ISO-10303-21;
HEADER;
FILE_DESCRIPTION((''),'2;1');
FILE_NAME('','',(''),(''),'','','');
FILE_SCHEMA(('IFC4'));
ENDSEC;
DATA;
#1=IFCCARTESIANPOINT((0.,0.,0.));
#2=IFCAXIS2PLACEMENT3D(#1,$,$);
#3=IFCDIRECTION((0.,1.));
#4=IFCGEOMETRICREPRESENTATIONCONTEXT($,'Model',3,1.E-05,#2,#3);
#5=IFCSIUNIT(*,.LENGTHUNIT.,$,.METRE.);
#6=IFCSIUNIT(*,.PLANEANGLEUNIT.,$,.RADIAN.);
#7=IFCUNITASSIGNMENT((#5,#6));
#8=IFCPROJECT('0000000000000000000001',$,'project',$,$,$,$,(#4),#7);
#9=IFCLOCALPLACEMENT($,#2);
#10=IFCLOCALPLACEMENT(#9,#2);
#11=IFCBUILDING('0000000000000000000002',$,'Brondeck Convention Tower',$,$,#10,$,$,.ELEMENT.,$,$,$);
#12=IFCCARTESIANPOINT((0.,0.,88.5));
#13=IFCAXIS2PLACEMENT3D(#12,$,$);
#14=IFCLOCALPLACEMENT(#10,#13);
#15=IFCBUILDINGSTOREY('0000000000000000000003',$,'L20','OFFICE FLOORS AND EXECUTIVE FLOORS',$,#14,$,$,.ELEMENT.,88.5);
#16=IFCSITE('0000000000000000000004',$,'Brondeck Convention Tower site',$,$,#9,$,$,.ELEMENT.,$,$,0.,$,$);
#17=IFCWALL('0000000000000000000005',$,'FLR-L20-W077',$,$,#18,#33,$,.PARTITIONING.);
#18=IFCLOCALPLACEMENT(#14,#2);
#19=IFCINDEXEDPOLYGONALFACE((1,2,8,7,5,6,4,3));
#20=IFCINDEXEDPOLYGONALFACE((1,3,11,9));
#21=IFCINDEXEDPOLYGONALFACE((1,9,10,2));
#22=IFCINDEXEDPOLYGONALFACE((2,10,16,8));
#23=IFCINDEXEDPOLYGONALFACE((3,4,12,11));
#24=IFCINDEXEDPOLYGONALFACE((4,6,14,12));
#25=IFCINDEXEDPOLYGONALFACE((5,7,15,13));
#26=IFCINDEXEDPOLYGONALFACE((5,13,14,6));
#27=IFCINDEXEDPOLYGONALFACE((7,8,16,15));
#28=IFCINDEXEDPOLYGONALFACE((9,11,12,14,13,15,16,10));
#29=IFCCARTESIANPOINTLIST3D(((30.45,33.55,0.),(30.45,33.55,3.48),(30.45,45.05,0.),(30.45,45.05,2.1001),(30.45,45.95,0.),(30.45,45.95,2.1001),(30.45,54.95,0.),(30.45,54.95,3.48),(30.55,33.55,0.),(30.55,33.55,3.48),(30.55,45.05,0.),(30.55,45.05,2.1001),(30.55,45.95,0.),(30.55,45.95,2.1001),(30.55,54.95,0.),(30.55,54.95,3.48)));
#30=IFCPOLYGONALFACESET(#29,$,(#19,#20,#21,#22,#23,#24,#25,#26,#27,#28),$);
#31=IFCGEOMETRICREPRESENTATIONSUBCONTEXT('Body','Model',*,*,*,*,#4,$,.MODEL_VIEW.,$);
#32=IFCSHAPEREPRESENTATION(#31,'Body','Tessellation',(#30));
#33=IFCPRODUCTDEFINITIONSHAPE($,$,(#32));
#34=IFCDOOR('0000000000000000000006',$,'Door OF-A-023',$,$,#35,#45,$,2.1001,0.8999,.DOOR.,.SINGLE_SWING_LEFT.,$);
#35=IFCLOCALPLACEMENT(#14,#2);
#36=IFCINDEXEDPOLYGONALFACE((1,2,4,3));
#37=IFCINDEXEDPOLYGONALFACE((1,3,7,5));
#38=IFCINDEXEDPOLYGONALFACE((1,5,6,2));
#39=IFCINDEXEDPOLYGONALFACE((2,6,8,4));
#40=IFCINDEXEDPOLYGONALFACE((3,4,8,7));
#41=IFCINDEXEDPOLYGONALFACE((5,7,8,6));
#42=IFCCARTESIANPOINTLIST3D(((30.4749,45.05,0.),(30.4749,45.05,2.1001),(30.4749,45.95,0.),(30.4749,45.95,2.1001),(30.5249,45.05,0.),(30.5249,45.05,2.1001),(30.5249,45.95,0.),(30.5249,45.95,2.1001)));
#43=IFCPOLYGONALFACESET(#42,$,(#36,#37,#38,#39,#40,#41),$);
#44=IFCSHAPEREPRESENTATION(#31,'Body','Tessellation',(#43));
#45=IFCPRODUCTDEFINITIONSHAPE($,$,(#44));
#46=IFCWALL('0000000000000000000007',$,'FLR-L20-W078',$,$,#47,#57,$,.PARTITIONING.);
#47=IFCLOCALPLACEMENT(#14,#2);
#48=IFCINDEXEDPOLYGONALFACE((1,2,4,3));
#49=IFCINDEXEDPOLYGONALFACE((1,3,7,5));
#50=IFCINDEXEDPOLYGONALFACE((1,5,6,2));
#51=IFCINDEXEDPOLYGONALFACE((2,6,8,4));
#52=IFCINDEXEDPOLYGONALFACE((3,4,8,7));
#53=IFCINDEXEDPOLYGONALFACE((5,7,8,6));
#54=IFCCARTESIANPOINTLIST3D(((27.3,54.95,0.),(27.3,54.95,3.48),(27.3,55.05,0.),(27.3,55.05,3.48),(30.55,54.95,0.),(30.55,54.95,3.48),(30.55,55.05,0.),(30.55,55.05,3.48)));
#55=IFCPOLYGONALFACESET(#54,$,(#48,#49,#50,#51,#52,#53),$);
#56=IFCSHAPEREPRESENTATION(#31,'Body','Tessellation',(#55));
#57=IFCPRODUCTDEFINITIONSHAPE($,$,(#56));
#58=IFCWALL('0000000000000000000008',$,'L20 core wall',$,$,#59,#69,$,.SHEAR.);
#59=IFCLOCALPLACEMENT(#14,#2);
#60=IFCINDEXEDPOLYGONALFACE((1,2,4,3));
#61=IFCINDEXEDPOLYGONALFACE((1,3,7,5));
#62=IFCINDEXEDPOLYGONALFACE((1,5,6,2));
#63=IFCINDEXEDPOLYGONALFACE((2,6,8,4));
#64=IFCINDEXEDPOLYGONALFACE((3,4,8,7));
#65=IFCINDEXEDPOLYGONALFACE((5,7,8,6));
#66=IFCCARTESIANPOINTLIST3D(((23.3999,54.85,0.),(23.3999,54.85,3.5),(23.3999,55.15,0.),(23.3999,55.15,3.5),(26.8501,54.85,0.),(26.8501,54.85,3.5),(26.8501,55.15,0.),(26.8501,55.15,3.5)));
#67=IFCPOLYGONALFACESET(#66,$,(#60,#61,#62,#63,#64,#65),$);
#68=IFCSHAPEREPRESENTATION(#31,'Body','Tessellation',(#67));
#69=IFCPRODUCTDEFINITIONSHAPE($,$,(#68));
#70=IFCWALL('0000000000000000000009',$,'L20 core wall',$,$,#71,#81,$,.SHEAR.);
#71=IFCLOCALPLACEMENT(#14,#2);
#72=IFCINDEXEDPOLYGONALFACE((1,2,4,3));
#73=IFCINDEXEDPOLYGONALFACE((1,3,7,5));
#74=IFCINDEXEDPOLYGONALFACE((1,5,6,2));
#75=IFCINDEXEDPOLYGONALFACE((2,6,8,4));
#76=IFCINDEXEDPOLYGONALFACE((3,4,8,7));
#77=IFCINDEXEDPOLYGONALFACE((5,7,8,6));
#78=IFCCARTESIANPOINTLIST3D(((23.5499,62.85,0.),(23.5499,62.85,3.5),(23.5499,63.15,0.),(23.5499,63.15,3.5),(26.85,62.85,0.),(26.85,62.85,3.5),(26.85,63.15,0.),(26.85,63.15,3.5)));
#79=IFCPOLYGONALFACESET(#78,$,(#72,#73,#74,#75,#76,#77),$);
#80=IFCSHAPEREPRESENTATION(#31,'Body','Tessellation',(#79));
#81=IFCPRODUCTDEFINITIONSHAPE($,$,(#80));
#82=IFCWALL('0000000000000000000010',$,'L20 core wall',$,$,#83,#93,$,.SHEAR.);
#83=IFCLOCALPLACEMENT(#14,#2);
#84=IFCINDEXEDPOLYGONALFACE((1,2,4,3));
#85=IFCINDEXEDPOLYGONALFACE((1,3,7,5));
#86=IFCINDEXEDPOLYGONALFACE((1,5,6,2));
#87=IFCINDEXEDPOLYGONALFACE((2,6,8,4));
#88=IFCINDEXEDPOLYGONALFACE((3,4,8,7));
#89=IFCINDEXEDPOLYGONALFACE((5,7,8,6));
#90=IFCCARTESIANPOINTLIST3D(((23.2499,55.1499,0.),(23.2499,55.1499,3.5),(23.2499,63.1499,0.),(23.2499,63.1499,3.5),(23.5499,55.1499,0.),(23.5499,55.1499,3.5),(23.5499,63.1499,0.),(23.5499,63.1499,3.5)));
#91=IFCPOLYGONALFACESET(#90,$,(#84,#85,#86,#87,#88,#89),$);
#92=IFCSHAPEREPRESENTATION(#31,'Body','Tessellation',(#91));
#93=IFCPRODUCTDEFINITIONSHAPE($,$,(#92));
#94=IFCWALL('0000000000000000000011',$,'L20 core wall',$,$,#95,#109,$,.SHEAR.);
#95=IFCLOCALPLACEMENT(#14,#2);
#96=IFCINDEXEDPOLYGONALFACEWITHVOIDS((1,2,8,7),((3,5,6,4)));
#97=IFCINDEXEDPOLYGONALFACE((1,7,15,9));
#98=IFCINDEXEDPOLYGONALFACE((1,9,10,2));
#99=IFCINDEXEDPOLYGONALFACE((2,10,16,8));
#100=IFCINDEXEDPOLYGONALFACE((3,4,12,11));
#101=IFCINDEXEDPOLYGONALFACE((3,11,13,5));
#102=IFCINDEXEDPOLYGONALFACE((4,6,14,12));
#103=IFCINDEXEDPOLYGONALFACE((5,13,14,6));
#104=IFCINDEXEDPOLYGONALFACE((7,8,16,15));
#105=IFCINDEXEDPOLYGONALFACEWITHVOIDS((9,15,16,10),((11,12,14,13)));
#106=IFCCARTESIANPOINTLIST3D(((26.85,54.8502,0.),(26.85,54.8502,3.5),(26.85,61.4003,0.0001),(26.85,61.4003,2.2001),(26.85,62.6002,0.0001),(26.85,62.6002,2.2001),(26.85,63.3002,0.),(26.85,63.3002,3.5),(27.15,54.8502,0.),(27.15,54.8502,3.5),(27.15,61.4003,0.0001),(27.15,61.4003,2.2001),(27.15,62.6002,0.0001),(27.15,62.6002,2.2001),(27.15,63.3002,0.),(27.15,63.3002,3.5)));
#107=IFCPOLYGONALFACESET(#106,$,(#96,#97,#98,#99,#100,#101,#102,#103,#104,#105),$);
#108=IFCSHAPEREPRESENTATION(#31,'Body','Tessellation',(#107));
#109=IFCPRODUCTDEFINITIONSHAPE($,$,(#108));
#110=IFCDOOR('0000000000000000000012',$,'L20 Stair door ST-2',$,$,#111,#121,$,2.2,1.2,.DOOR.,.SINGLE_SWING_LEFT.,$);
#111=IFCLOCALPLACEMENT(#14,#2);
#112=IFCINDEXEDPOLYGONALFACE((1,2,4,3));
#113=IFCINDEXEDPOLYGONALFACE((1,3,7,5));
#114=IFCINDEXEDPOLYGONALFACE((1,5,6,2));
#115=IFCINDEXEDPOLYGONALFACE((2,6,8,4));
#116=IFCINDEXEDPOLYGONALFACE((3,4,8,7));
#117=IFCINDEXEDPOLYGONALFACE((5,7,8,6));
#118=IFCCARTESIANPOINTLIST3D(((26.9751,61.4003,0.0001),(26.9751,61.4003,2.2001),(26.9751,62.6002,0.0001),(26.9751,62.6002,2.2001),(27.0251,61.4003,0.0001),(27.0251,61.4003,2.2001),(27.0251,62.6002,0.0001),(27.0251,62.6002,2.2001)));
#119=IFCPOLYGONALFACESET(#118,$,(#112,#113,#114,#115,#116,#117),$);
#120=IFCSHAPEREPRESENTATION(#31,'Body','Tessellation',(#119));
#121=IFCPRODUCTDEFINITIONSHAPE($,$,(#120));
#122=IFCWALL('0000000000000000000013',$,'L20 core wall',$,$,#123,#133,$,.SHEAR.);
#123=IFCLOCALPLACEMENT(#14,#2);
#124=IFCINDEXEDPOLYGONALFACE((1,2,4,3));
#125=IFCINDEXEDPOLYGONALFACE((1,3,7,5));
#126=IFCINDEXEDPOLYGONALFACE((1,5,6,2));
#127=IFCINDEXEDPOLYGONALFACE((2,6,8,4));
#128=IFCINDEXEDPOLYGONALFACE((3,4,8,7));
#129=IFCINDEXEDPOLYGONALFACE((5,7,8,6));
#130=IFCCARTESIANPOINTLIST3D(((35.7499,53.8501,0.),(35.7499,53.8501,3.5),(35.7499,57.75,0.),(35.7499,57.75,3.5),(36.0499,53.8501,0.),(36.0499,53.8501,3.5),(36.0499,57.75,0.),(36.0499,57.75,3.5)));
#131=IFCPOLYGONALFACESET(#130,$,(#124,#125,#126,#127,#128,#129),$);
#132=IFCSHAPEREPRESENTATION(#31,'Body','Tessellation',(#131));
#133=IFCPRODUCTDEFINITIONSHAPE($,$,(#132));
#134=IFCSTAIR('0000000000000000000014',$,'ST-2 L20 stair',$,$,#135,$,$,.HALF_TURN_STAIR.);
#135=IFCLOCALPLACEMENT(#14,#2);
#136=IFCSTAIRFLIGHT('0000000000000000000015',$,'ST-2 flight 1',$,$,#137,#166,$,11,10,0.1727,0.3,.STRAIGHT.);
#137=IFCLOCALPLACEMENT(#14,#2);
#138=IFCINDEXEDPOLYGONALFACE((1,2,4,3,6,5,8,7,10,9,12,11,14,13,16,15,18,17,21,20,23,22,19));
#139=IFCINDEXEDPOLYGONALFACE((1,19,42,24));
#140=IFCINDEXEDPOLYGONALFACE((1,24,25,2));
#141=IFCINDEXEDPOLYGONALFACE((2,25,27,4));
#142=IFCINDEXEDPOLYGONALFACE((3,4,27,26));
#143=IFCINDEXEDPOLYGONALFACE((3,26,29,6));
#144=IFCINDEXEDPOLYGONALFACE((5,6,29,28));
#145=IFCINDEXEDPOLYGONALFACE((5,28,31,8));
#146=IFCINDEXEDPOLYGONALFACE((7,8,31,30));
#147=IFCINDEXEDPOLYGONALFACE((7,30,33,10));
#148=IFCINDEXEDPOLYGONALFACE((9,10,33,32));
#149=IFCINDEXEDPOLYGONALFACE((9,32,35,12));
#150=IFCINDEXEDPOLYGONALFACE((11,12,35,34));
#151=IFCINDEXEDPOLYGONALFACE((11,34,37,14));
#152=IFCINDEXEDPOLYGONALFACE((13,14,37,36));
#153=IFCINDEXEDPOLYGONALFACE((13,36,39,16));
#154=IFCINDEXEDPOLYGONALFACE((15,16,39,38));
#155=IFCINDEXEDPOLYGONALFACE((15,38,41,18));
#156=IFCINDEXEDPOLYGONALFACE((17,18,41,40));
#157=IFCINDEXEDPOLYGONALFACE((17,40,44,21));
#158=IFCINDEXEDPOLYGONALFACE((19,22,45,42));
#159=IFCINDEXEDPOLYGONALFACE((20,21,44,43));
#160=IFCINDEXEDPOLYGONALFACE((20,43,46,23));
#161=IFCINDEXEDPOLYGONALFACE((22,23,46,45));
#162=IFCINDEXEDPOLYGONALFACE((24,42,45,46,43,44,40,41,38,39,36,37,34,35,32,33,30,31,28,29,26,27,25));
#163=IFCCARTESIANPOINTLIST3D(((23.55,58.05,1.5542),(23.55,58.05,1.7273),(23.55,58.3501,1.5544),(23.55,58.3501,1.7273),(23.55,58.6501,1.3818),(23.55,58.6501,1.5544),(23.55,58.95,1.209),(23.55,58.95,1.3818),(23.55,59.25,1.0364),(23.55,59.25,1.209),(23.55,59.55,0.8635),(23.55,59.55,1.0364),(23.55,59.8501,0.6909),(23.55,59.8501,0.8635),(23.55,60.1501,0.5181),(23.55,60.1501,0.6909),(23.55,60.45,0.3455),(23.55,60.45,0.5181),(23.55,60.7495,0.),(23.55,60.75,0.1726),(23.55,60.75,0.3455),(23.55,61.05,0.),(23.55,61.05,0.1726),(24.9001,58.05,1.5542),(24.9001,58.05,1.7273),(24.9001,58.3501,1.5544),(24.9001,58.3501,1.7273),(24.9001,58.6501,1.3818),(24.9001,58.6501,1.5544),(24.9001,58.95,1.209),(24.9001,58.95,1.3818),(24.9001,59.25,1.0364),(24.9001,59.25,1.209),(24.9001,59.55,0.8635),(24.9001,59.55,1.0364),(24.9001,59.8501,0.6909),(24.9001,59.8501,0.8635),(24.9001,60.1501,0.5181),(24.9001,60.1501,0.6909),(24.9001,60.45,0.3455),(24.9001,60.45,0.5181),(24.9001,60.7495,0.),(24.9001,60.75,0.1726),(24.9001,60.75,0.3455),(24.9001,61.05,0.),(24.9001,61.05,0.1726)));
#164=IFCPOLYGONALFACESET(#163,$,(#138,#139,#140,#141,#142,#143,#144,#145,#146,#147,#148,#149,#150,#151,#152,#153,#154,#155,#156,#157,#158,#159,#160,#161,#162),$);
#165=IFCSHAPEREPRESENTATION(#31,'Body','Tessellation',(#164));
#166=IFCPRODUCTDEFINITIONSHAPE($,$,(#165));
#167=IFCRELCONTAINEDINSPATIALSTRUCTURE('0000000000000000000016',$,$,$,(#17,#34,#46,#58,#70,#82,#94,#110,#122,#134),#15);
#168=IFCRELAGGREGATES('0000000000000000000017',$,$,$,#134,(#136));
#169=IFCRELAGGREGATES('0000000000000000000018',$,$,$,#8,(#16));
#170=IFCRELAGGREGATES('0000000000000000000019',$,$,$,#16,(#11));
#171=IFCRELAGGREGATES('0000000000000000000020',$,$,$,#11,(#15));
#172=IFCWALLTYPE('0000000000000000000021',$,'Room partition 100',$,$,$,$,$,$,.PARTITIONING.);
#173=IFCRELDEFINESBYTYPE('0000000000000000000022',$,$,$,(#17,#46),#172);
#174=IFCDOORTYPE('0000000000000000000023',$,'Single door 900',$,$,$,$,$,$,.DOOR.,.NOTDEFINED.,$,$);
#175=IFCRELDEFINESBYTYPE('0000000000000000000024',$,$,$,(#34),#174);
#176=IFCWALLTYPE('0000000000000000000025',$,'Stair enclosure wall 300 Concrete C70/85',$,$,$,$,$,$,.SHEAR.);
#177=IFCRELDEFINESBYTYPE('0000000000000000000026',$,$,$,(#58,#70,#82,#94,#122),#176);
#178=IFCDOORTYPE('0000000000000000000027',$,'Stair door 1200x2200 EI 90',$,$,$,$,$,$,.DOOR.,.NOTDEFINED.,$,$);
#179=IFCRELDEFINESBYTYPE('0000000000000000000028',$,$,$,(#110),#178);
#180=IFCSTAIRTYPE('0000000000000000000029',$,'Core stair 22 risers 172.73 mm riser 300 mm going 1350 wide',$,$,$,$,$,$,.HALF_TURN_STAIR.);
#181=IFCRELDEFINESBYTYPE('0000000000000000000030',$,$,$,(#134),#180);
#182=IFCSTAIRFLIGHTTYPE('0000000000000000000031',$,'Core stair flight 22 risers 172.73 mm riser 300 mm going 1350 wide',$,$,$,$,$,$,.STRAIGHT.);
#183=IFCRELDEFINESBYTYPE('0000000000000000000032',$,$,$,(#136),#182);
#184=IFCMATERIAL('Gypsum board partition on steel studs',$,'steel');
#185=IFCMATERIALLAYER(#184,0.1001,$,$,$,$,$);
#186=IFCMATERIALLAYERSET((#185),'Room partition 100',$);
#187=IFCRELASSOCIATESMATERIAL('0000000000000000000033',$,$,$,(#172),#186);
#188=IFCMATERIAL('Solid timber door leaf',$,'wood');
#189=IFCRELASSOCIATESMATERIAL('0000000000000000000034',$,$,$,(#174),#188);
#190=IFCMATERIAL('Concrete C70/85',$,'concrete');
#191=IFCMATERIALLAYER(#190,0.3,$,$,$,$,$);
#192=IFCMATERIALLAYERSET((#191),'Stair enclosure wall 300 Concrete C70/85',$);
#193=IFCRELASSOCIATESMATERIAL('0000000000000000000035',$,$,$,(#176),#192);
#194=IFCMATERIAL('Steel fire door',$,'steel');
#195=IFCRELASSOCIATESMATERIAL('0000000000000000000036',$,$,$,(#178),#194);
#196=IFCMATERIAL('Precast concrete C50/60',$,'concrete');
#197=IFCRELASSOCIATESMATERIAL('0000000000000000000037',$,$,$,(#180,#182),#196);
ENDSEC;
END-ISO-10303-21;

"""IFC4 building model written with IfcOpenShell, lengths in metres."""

from ifc_helpers import new_model, si_unit, direction, frame, frame_2d, origin, place, context, subcontext, project, spatial, polyline, rectangle, outline, extrude, material, layer, layer_set, type_object, element, fill, aggregate, save


model = new_model("IFC4")

# Units and contexts
model_context = context("Model", 3, precision=1e-05, world=origin(), true_north=direction((0.0, 1.0)))
body_context = subcontext(model_context, "Body", "Model", "MODEL_VIEW")
ifc_project = project(units=[si_unit("LENGTHUNIT", "METRE"), si_unit("PLANEANGLEUNIT", "RADIAN")], contexts=[model_context])

# Site, building, storey
site_placement = place(None, origin())
site = spatial("IfcSite", under=ifc_project, at=site_placement, Name="Brondeck Convention Tower site", CompositionType="ELEMENT", RefElevation=0.0)
building_placement = place(site_placement, origin())
building = spatial("IfcBuilding", under=site, at=building_placement, Name="Brondeck Convention Tower", CompositionType="ELEMENT")
storey_placement = place(building_placement, frame((0.0, 0.0, 88.5)))
storey = spatial("IfcBuildingStorey", under=building, at=storey_placement, Name="L20", Description="OFFICE FLOORS AND EXECUTIVE FLOORS", CompositionType="ELEMENT", Elevation=88.5)

# Shared definitions
ifc_material_1 = material(Name="Concrete C70/85", Category="concrete")

# Wall, opening, door
ifc_material_2 = material(Name="Gypsum board partition on steel studs", Category="steel")
ifc_layer_1 = layer(ifc_material_2, 0.1001)
ifc_layer_set_1 = layer_set([ifc_layer_1], Name="Room partition 100")
wall_type_1 = type_object("IfcWallType", Name="Room partition 100", PredefinedType="PARTITIONING", material=ifc_layer_set_1)
wall_1_placement = place(storey_placement, frame((30.5, 54.95, 0.0), z_axis=(0.0, 0.0, 1.0), x_axis=(0.0, -1.0, 0.0)))
wall_1 = element("IfcWall", 1, at=wall_1_placement, inside=storey, type_object=wall_type_1, Name="FLR-L20-W077", PredefinedType="PARTITIONING", context=body_context, shape_type="SweptSolid", body=[
    extrude(rectangle(XDim=21.3999, YDim=0.1001, at=frame_2d((10.7, 0.0))), origin(), (0.0, 0.0, 1.0), 3.48),
])
opening_1_placement = place(wall_1_placement, frame((9.0, 0.0, 0.0)))
opening_1 = element("IfcOpeningElement", 2, at=opening_1_placement, cuts=wall_1, PredefinedType="OPENING", context=body_context, shape_type="SweptSolid", body=[
    extrude(rectangle(XDim=0.8999, YDim=2.1001, at=frame_2d((0.45, 1.05))), frame((0.0, 0.0601, 0.0), z_axis=(0.0, -1.0, 0.0), x_axis=(1.0, 0.0, 0.0)), (0.0, 0.0, 1.0), 0.1201),
])
ifc_material_3 = material(Name="Solid timber door leaf", Category="wood")
door_type_1 = type_object("IfcDoorType", Name="Single door 900", OperationType="NOTDEFINED", PredefinedType="DOOR", material=ifc_material_3)
door_1_placement = place(opening_1_placement, origin())
door_1 = element("IfcDoor", 3, at=door_1_placement, inside=storey, type_object=door_type_1, Name="Door OF-A-023", OperationType="SINGLE_SWING_LEFT", OverallHeight=2.1001, OverallWidth=0.8999, PredefinedType="DOOR", context=body_context, shape_type="SweptSolid", body=[
    extrude(rectangle(XDim=0.8999, YDim=2.1001, at=frame_2d((0.45, 1.05))), frame((0.0, 0.0249, 0.0), z_axis=(0.0, -1.0, 0.0), x_axis=(1.0, 0.0, 0.0)), (0.0, 0.0, 1.0), 0.05),
])
fill(opening_1, door_1)

# Walls
wall_2_placement = place(storey_placement, frame((27.3, 55.0, 0.0), z_axis=(0.0, 0.0, 1.0), x_axis=(1.0, 0.0, 0.0)))
element("IfcWall", 4, at=wall_2_placement, inside=storey, type_object=wall_type_1, Name="FLR-L20-W078", PredefinedType="PARTITIONING", context=body_context, shape_type="SweptSolid", body=[
    extrude(rectangle(XDim=3.25, YDim=0.1001, at=frame_2d((1.625, 0.0))), origin(), (0.0, 0.0, 1.0), 3.48),
])
ifc_layer_2 = layer(ifc_material_1, 0.3)
ifc_layer_set_2 = layer_set([ifc_layer_2], Name="Stair enclosure wall 300 Concrete C70/85")
wall_type_2 = type_object("IfcWallType", Name="Stair enclosure wall 300 Concrete C70/85", PredefinedType="SHEAR", material=ifc_layer_set_2)
wall_3_placement = place(storey_placement, frame((23.3999, 55.0, 0.0), z_axis=(0.0, 0.0, 1.0), x_axis=(1.0, 0.0, 0.0)))
element("IfcWall", 5, at=wall_3_placement, inside=storey, type_object=wall_type_2, Name="L20 core wall", PredefinedType="SHEAR", context=body_context, shape_type="SweptSolid", body=[
    extrude(rectangle(XDim=3.4502, YDim=0.3, at=frame_2d((1.7251, 0.0))), origin(), (0.0, 0.0, 1.0), 3.5),
])
wall_4_placement = place(storey_placement, frame((23.55, 63.0, 0.0), z_axis=(0.0, 0.0, 1.0), x_axis=(1.0, 0.0, 0.0)))
element("IfcWall", 6, at=wall_4_placement, inside=storey, type_object=wall_type_2, Name="L20 core wall", PredefinedType="SHEAR", context=body_context, shape_type="SweptSolid", body=[
    extrude(rectangle(XDim=3.3, YDim=0.3, at=frame_2d((1.6499, 0.0))), origin(), (0.0, 0.0, 1.0), 3.5),
])
wall_5_placement = place(storey_placement, frame((23.3999, 55.1499, 0.0), z_axis=(0.0, 0.0, 1.0), x_axis=(0.0, 1.0, 0.0)))
element("IfcWall", 7, at=wall_5_placement, inside=storey, type_object=wall_type_2, Name="L20 core wall", PredefinedType="SHEAR", context=body_context, shape_type="SweptSolid", body=[
    extrude(rectangle(XDim=8.0, YDim=0.3, at=frame_2d((4.0, 0.0))), origin(), (0.0, 0.0, 1.0), 3.5),
])

# Wall, opening, door
wall_6_placement = place(storey_placement, frame((27.0, 54.8501, 0.0), z_axis=(0.0, 0.0, 1.0), x_axis=(0.0, 1.0, 0.0)))
wall_6 = element("IfcWall", 8, at=wall_6_placement, inside=storey, type_object=wall_type_2, Name="L20 core wall", PredefinedType="SHEAR", context=body_context, shape_type="SweptSolid", body=[
    extrude(rectangle(XDim=8.45, YDim=0.3, at=frame_2d((4.2251, 0.0))), origin(), (0.0, 0.0, 1.0), 3.5),
])
opening_2_placement = place(wall_6_placement, frame((6.55, 0.0, 0.0)))
opening_2 = element("IfcOpeningElement", 9, at=opening_2_placement, cuts=wall_6, PredefinedType="OPENING", context=body_context, shape_type="SweptSolid", body=[
    extrude(rectangle(XDim=1.2, YDim=2.2, at=frame_2d((0.6001, 1.1001))), frame((0.0, 0.1599, 0.0), z_axis=(0.0, -1.0, 0.0), x_axis=(1.0, 0.0, 0.0)), (0.0, 0.0, 1.0), 0.3201),
])
ifc_material_4 = material(Name="Steel fire door", Category="steel")
door_type_2 = type_object("IfcDoorType", Name="Stair door 1200x2200 EI 90", OperationType="NOTDEFINED", PredefinedType="DOOR", material=ifc_material_4)
door_2_placement = place(opening_2_placement, origin())
door_2 = element("IfcDoor", 10, at=door_2_placement, inside=storey, type_object=door_type_2, Name="L20 Stair door ST-2", OperationType="SINGLE_SWING_LEFT", OverallHeight=2.2, OverallWidth=1.2, PredefinedType="DOOR", context=body_context, shape_type="SweptSolid", body=[
    extrude(rectangle(XDim=1.2, YDim=2.2, at=frame_2d((0.6001, 1.1001))), frame((0.0, 0.0249, 0.0), z_axis=(0.0, -1.0, 0.0), x_axis=(1.0, 0.0, 0.0)), (0.0, 0.0, 1.0), 0.05),
])
fill(opening_2, door_2)

# Wall
wall_7_placement = place(storey_placement, frame((35.8999, 53.8501, 0.0), z_axis=(0.0, 0.0, 1.0), x_axis=(0.0, 1.0, 0.0)))
element("IfcWall", 11, at=wall_7_placement, inside=storey, type_object=wall_type_2, Name="L20 core wall", PredefinedType="SHEAR", context=body_context, shape_type="SweptSolid", body=[
    extrude(rectangle(XDim=3.8999, YDim=0.3, at=frame_2d((1.95, 0.0))), origin(), (0.0, 0.0, 1.0), 3.5),
])

# Stair, stair flight
ifc_material_5 = material(Name="Precast concrete C50/60", Category="concrete")
stair_type = type_object("IfcStairType", Name="Core stair 22 risers 172.73 mm riser 300 mm going 1350 wide", PredefinedType="HALF_TURN_STAIR", material=ifc_material_5)
stair_placement = place(storey_placement, origin())
stair = element("IfcStair", 12, at=stair_placement, inside=storey, type_object=stair_type, Name="ST-2 L20 stair", PredefinedType="HALF_TURN_STAIR")
stair_flight_type = type_object("IfcStairFlightType", Name="Core stair flight 22 risers 172.73 mm riser 300 mm going 1350 wide", PredefinedType="STRAIGHT", material=ifc_material_5)
stair_flight_1_placement = place(storey_placement, frame((24.2251, 61.05, 0.0), z_axis=(0.0, 0.0, 1.0), x_axis=(0.0, -1.0, 0.0)))
stair_flight_1 = element("IfcStairFlight", 13, at=stair_flight_1_placement, type_object=stair_flight_type, Name="ST-2 flight 1", NumberOfRisers=11, NumberOfTreads=10, PredefinedType="STRAIGHT", RiserHeight=0.1727, TreadLength=0.3, context=body_context, shape_type="SweptSolid", body=[
    extrude(outline(polyline([(0.0, 0.0), (0.0, 0.1726), (0.3, 0.1726), (0.3, 0.3455), (0.6001, 0.3455), (0.6001, 0.5181), (0.8999, 0.5181), (0.8999, 0.6909), (1.2, 0.6909), (1.2, 0.8635), (1.5, 0.8635), (1.5, 1.0364), (1.8, 1.0364), (1.8, 1.209), (2.1001, 1.209), (2.1001, 1.3818), (2.3999, 1.3818), (2.3999, 1.5544), (2.7, 1.5544), (2.7, 1.7273), (3.0, 1.7273), (3.0, 1.8999), (3.0, 1.5542), (0.3005, 0.0), (0.0, 0.0)])), frame((0.0, 0.675, 0.0), z_axis=(0.0, -1.0, 0.0), x_axis=(1.0, 0.0, 0.0)), (0.0, 0.0, 1.0), 1.3501),
])
aggregate(stair, [stair_flight_1])

save(model, "model.ifc")
